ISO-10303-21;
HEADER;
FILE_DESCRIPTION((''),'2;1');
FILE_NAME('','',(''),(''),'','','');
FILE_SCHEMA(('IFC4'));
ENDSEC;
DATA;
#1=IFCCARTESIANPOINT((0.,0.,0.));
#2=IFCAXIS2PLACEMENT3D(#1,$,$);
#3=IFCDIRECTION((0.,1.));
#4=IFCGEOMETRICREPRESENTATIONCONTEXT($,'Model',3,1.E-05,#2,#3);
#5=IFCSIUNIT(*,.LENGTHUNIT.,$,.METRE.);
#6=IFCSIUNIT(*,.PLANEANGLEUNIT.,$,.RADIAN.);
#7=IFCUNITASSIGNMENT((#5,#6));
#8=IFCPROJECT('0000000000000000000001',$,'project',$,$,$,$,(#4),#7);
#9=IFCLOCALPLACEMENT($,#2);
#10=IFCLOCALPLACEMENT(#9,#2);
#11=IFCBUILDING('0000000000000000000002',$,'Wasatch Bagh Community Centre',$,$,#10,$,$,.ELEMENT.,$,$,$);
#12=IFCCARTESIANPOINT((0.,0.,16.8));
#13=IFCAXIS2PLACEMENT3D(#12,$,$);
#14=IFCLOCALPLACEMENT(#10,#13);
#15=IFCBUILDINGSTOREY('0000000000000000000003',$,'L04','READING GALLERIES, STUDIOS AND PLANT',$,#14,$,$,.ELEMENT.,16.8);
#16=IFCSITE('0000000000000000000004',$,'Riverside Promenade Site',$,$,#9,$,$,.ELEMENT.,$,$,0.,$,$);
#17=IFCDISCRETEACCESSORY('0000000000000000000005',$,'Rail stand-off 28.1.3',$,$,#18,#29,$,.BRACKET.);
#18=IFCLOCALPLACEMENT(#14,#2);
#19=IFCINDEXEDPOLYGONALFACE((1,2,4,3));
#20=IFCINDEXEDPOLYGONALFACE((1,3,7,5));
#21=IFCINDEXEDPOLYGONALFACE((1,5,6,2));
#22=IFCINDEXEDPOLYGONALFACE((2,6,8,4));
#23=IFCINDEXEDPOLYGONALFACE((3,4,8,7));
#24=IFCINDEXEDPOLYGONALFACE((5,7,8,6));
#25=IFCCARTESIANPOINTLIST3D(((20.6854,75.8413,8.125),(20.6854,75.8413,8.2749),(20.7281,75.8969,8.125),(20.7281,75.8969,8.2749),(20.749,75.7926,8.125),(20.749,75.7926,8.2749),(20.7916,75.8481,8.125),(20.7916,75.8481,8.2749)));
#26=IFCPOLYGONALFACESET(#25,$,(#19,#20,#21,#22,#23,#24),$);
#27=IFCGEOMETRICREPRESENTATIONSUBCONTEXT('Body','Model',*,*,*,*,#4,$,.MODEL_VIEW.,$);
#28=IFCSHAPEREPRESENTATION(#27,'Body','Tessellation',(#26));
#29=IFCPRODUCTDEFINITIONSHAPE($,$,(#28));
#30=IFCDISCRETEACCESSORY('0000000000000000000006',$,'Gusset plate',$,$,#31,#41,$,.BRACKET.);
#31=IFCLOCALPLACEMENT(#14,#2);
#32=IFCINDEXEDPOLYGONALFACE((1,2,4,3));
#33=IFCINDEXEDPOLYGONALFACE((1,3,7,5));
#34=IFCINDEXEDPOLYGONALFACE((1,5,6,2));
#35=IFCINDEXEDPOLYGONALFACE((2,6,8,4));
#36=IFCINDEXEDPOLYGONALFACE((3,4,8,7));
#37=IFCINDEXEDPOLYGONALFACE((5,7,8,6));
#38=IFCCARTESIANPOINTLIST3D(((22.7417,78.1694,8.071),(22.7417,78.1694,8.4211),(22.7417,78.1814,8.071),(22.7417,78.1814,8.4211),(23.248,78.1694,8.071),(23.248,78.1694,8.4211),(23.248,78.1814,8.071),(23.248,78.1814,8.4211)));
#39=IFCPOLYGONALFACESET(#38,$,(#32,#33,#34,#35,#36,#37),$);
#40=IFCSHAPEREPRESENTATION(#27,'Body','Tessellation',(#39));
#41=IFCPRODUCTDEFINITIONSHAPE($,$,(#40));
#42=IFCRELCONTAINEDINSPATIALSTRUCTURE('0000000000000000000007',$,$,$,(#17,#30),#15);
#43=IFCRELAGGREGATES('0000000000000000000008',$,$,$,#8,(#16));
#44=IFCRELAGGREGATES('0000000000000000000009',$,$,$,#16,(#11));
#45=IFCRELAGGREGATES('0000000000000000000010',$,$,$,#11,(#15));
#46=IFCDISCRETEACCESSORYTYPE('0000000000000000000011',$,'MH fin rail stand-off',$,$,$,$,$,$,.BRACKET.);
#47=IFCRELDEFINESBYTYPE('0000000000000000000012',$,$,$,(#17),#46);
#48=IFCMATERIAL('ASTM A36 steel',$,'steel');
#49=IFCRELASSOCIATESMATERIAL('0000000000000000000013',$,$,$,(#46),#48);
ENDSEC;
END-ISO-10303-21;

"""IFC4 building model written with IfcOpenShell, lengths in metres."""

from ifc_helpers import new_model, si_unit, direction, frame, origin, origin_2d, place, context, subcontext, project, spatial, polyline, rectangle, outline, extrude, material, type_object, element, save


model = new_model("IFC4")

# Units and contexts
model_context = context("Model", 3, precision=1e-05, world=origin(), true_north=direction((0.0, 1.0)))
body_context = subcontext(model_context, "Body", "Model", "MODEL_VIEW")
ifc_project = project(units=[si_unit("LENGTHUNIT", "METRE"), si_unit("PLANEANGLEUNIT", "RADIAN")], contexts=[model_context])

# Site, building, storey
site_placement = place(None, origin())
site = spatial("IfcSite", under=ifc_project, at=site_placement, Name="Riverside Promenade Site", CompositionType="ELEMENT", RefElevation=0.0)
building_placement = place(site_placement, origin())
building = spatial("IfcBuilding", under=site, at=building_placement, Name="Wasatch Bagh Community Centre", CompositionType="ELEMENT")
storey_placement = place(building_placement, frame((0.0, 0.0, 16.8)))
storey = spatial("IfcBuildingStorey", under=building, at=storey_placement, Name="L04", Description="READING GALLERIES, STUDIOS AND PLANT", CompositionType="ELEMENT", Elevation=16.8)

# Shared definitions
ifc_material_1 = material(Name="ASTM A36 steel", Category="steel")

# Discrete accessories
discrete_accessory_type_1 = type_object("IfcDiscreteAccessoryType", Name="MH fin rail stand-off", PredefinedType="BRACKET", material=ifc_material_1)
for number, where, z_axis, x_axis, name in (
    (1, (20.7385, 75.8447, 8.125), (0.0, 0.0, 1.0), (-0.608761, -0.793353, 0.0), "Rail stand-off 28.1.3"),
):
    element("IfcDiscreteAccessory", number, at=place(storey_placement, frame(where, z_axis=z_axis, x_axis=x_axis)), inside=storey, type_object=discrete_accessory_type_1, Name=name, PredefinedType="BRACKET", context=body_context, shape_type="SweptSolid", body=[
        extrude(rectangle(XDim=0.0701, YDim=0.0801, at=origin_2d()), origin(), (0.0, 0.0, 1.0), 0.1499),
    ])
discrete_accessory_placement = place(storey_placement, frame((22.7417, 78.1694, 8.071), z_axis=(0.0, -1.0, 0.0), x_axis=(1.0, 0.0, 0.0)))
element("IfcDiscreteAccessory", 2, at=discrete_accessory_placement, inside=storey, Name="Gusset plate", PredefinedType="BRACKET", context=body_context, shape_type="SweptSolid", body=[
    extrude(outline(polyline([(0.0, 0.0), (0.5063, 0.0), (0.5063, 0.3501), (0.0, 0.3501), (0.0, 0.0)])), origin(), (0.0, 0.0, -1.0), 0.012),
])

save(model, "model.ifc")
